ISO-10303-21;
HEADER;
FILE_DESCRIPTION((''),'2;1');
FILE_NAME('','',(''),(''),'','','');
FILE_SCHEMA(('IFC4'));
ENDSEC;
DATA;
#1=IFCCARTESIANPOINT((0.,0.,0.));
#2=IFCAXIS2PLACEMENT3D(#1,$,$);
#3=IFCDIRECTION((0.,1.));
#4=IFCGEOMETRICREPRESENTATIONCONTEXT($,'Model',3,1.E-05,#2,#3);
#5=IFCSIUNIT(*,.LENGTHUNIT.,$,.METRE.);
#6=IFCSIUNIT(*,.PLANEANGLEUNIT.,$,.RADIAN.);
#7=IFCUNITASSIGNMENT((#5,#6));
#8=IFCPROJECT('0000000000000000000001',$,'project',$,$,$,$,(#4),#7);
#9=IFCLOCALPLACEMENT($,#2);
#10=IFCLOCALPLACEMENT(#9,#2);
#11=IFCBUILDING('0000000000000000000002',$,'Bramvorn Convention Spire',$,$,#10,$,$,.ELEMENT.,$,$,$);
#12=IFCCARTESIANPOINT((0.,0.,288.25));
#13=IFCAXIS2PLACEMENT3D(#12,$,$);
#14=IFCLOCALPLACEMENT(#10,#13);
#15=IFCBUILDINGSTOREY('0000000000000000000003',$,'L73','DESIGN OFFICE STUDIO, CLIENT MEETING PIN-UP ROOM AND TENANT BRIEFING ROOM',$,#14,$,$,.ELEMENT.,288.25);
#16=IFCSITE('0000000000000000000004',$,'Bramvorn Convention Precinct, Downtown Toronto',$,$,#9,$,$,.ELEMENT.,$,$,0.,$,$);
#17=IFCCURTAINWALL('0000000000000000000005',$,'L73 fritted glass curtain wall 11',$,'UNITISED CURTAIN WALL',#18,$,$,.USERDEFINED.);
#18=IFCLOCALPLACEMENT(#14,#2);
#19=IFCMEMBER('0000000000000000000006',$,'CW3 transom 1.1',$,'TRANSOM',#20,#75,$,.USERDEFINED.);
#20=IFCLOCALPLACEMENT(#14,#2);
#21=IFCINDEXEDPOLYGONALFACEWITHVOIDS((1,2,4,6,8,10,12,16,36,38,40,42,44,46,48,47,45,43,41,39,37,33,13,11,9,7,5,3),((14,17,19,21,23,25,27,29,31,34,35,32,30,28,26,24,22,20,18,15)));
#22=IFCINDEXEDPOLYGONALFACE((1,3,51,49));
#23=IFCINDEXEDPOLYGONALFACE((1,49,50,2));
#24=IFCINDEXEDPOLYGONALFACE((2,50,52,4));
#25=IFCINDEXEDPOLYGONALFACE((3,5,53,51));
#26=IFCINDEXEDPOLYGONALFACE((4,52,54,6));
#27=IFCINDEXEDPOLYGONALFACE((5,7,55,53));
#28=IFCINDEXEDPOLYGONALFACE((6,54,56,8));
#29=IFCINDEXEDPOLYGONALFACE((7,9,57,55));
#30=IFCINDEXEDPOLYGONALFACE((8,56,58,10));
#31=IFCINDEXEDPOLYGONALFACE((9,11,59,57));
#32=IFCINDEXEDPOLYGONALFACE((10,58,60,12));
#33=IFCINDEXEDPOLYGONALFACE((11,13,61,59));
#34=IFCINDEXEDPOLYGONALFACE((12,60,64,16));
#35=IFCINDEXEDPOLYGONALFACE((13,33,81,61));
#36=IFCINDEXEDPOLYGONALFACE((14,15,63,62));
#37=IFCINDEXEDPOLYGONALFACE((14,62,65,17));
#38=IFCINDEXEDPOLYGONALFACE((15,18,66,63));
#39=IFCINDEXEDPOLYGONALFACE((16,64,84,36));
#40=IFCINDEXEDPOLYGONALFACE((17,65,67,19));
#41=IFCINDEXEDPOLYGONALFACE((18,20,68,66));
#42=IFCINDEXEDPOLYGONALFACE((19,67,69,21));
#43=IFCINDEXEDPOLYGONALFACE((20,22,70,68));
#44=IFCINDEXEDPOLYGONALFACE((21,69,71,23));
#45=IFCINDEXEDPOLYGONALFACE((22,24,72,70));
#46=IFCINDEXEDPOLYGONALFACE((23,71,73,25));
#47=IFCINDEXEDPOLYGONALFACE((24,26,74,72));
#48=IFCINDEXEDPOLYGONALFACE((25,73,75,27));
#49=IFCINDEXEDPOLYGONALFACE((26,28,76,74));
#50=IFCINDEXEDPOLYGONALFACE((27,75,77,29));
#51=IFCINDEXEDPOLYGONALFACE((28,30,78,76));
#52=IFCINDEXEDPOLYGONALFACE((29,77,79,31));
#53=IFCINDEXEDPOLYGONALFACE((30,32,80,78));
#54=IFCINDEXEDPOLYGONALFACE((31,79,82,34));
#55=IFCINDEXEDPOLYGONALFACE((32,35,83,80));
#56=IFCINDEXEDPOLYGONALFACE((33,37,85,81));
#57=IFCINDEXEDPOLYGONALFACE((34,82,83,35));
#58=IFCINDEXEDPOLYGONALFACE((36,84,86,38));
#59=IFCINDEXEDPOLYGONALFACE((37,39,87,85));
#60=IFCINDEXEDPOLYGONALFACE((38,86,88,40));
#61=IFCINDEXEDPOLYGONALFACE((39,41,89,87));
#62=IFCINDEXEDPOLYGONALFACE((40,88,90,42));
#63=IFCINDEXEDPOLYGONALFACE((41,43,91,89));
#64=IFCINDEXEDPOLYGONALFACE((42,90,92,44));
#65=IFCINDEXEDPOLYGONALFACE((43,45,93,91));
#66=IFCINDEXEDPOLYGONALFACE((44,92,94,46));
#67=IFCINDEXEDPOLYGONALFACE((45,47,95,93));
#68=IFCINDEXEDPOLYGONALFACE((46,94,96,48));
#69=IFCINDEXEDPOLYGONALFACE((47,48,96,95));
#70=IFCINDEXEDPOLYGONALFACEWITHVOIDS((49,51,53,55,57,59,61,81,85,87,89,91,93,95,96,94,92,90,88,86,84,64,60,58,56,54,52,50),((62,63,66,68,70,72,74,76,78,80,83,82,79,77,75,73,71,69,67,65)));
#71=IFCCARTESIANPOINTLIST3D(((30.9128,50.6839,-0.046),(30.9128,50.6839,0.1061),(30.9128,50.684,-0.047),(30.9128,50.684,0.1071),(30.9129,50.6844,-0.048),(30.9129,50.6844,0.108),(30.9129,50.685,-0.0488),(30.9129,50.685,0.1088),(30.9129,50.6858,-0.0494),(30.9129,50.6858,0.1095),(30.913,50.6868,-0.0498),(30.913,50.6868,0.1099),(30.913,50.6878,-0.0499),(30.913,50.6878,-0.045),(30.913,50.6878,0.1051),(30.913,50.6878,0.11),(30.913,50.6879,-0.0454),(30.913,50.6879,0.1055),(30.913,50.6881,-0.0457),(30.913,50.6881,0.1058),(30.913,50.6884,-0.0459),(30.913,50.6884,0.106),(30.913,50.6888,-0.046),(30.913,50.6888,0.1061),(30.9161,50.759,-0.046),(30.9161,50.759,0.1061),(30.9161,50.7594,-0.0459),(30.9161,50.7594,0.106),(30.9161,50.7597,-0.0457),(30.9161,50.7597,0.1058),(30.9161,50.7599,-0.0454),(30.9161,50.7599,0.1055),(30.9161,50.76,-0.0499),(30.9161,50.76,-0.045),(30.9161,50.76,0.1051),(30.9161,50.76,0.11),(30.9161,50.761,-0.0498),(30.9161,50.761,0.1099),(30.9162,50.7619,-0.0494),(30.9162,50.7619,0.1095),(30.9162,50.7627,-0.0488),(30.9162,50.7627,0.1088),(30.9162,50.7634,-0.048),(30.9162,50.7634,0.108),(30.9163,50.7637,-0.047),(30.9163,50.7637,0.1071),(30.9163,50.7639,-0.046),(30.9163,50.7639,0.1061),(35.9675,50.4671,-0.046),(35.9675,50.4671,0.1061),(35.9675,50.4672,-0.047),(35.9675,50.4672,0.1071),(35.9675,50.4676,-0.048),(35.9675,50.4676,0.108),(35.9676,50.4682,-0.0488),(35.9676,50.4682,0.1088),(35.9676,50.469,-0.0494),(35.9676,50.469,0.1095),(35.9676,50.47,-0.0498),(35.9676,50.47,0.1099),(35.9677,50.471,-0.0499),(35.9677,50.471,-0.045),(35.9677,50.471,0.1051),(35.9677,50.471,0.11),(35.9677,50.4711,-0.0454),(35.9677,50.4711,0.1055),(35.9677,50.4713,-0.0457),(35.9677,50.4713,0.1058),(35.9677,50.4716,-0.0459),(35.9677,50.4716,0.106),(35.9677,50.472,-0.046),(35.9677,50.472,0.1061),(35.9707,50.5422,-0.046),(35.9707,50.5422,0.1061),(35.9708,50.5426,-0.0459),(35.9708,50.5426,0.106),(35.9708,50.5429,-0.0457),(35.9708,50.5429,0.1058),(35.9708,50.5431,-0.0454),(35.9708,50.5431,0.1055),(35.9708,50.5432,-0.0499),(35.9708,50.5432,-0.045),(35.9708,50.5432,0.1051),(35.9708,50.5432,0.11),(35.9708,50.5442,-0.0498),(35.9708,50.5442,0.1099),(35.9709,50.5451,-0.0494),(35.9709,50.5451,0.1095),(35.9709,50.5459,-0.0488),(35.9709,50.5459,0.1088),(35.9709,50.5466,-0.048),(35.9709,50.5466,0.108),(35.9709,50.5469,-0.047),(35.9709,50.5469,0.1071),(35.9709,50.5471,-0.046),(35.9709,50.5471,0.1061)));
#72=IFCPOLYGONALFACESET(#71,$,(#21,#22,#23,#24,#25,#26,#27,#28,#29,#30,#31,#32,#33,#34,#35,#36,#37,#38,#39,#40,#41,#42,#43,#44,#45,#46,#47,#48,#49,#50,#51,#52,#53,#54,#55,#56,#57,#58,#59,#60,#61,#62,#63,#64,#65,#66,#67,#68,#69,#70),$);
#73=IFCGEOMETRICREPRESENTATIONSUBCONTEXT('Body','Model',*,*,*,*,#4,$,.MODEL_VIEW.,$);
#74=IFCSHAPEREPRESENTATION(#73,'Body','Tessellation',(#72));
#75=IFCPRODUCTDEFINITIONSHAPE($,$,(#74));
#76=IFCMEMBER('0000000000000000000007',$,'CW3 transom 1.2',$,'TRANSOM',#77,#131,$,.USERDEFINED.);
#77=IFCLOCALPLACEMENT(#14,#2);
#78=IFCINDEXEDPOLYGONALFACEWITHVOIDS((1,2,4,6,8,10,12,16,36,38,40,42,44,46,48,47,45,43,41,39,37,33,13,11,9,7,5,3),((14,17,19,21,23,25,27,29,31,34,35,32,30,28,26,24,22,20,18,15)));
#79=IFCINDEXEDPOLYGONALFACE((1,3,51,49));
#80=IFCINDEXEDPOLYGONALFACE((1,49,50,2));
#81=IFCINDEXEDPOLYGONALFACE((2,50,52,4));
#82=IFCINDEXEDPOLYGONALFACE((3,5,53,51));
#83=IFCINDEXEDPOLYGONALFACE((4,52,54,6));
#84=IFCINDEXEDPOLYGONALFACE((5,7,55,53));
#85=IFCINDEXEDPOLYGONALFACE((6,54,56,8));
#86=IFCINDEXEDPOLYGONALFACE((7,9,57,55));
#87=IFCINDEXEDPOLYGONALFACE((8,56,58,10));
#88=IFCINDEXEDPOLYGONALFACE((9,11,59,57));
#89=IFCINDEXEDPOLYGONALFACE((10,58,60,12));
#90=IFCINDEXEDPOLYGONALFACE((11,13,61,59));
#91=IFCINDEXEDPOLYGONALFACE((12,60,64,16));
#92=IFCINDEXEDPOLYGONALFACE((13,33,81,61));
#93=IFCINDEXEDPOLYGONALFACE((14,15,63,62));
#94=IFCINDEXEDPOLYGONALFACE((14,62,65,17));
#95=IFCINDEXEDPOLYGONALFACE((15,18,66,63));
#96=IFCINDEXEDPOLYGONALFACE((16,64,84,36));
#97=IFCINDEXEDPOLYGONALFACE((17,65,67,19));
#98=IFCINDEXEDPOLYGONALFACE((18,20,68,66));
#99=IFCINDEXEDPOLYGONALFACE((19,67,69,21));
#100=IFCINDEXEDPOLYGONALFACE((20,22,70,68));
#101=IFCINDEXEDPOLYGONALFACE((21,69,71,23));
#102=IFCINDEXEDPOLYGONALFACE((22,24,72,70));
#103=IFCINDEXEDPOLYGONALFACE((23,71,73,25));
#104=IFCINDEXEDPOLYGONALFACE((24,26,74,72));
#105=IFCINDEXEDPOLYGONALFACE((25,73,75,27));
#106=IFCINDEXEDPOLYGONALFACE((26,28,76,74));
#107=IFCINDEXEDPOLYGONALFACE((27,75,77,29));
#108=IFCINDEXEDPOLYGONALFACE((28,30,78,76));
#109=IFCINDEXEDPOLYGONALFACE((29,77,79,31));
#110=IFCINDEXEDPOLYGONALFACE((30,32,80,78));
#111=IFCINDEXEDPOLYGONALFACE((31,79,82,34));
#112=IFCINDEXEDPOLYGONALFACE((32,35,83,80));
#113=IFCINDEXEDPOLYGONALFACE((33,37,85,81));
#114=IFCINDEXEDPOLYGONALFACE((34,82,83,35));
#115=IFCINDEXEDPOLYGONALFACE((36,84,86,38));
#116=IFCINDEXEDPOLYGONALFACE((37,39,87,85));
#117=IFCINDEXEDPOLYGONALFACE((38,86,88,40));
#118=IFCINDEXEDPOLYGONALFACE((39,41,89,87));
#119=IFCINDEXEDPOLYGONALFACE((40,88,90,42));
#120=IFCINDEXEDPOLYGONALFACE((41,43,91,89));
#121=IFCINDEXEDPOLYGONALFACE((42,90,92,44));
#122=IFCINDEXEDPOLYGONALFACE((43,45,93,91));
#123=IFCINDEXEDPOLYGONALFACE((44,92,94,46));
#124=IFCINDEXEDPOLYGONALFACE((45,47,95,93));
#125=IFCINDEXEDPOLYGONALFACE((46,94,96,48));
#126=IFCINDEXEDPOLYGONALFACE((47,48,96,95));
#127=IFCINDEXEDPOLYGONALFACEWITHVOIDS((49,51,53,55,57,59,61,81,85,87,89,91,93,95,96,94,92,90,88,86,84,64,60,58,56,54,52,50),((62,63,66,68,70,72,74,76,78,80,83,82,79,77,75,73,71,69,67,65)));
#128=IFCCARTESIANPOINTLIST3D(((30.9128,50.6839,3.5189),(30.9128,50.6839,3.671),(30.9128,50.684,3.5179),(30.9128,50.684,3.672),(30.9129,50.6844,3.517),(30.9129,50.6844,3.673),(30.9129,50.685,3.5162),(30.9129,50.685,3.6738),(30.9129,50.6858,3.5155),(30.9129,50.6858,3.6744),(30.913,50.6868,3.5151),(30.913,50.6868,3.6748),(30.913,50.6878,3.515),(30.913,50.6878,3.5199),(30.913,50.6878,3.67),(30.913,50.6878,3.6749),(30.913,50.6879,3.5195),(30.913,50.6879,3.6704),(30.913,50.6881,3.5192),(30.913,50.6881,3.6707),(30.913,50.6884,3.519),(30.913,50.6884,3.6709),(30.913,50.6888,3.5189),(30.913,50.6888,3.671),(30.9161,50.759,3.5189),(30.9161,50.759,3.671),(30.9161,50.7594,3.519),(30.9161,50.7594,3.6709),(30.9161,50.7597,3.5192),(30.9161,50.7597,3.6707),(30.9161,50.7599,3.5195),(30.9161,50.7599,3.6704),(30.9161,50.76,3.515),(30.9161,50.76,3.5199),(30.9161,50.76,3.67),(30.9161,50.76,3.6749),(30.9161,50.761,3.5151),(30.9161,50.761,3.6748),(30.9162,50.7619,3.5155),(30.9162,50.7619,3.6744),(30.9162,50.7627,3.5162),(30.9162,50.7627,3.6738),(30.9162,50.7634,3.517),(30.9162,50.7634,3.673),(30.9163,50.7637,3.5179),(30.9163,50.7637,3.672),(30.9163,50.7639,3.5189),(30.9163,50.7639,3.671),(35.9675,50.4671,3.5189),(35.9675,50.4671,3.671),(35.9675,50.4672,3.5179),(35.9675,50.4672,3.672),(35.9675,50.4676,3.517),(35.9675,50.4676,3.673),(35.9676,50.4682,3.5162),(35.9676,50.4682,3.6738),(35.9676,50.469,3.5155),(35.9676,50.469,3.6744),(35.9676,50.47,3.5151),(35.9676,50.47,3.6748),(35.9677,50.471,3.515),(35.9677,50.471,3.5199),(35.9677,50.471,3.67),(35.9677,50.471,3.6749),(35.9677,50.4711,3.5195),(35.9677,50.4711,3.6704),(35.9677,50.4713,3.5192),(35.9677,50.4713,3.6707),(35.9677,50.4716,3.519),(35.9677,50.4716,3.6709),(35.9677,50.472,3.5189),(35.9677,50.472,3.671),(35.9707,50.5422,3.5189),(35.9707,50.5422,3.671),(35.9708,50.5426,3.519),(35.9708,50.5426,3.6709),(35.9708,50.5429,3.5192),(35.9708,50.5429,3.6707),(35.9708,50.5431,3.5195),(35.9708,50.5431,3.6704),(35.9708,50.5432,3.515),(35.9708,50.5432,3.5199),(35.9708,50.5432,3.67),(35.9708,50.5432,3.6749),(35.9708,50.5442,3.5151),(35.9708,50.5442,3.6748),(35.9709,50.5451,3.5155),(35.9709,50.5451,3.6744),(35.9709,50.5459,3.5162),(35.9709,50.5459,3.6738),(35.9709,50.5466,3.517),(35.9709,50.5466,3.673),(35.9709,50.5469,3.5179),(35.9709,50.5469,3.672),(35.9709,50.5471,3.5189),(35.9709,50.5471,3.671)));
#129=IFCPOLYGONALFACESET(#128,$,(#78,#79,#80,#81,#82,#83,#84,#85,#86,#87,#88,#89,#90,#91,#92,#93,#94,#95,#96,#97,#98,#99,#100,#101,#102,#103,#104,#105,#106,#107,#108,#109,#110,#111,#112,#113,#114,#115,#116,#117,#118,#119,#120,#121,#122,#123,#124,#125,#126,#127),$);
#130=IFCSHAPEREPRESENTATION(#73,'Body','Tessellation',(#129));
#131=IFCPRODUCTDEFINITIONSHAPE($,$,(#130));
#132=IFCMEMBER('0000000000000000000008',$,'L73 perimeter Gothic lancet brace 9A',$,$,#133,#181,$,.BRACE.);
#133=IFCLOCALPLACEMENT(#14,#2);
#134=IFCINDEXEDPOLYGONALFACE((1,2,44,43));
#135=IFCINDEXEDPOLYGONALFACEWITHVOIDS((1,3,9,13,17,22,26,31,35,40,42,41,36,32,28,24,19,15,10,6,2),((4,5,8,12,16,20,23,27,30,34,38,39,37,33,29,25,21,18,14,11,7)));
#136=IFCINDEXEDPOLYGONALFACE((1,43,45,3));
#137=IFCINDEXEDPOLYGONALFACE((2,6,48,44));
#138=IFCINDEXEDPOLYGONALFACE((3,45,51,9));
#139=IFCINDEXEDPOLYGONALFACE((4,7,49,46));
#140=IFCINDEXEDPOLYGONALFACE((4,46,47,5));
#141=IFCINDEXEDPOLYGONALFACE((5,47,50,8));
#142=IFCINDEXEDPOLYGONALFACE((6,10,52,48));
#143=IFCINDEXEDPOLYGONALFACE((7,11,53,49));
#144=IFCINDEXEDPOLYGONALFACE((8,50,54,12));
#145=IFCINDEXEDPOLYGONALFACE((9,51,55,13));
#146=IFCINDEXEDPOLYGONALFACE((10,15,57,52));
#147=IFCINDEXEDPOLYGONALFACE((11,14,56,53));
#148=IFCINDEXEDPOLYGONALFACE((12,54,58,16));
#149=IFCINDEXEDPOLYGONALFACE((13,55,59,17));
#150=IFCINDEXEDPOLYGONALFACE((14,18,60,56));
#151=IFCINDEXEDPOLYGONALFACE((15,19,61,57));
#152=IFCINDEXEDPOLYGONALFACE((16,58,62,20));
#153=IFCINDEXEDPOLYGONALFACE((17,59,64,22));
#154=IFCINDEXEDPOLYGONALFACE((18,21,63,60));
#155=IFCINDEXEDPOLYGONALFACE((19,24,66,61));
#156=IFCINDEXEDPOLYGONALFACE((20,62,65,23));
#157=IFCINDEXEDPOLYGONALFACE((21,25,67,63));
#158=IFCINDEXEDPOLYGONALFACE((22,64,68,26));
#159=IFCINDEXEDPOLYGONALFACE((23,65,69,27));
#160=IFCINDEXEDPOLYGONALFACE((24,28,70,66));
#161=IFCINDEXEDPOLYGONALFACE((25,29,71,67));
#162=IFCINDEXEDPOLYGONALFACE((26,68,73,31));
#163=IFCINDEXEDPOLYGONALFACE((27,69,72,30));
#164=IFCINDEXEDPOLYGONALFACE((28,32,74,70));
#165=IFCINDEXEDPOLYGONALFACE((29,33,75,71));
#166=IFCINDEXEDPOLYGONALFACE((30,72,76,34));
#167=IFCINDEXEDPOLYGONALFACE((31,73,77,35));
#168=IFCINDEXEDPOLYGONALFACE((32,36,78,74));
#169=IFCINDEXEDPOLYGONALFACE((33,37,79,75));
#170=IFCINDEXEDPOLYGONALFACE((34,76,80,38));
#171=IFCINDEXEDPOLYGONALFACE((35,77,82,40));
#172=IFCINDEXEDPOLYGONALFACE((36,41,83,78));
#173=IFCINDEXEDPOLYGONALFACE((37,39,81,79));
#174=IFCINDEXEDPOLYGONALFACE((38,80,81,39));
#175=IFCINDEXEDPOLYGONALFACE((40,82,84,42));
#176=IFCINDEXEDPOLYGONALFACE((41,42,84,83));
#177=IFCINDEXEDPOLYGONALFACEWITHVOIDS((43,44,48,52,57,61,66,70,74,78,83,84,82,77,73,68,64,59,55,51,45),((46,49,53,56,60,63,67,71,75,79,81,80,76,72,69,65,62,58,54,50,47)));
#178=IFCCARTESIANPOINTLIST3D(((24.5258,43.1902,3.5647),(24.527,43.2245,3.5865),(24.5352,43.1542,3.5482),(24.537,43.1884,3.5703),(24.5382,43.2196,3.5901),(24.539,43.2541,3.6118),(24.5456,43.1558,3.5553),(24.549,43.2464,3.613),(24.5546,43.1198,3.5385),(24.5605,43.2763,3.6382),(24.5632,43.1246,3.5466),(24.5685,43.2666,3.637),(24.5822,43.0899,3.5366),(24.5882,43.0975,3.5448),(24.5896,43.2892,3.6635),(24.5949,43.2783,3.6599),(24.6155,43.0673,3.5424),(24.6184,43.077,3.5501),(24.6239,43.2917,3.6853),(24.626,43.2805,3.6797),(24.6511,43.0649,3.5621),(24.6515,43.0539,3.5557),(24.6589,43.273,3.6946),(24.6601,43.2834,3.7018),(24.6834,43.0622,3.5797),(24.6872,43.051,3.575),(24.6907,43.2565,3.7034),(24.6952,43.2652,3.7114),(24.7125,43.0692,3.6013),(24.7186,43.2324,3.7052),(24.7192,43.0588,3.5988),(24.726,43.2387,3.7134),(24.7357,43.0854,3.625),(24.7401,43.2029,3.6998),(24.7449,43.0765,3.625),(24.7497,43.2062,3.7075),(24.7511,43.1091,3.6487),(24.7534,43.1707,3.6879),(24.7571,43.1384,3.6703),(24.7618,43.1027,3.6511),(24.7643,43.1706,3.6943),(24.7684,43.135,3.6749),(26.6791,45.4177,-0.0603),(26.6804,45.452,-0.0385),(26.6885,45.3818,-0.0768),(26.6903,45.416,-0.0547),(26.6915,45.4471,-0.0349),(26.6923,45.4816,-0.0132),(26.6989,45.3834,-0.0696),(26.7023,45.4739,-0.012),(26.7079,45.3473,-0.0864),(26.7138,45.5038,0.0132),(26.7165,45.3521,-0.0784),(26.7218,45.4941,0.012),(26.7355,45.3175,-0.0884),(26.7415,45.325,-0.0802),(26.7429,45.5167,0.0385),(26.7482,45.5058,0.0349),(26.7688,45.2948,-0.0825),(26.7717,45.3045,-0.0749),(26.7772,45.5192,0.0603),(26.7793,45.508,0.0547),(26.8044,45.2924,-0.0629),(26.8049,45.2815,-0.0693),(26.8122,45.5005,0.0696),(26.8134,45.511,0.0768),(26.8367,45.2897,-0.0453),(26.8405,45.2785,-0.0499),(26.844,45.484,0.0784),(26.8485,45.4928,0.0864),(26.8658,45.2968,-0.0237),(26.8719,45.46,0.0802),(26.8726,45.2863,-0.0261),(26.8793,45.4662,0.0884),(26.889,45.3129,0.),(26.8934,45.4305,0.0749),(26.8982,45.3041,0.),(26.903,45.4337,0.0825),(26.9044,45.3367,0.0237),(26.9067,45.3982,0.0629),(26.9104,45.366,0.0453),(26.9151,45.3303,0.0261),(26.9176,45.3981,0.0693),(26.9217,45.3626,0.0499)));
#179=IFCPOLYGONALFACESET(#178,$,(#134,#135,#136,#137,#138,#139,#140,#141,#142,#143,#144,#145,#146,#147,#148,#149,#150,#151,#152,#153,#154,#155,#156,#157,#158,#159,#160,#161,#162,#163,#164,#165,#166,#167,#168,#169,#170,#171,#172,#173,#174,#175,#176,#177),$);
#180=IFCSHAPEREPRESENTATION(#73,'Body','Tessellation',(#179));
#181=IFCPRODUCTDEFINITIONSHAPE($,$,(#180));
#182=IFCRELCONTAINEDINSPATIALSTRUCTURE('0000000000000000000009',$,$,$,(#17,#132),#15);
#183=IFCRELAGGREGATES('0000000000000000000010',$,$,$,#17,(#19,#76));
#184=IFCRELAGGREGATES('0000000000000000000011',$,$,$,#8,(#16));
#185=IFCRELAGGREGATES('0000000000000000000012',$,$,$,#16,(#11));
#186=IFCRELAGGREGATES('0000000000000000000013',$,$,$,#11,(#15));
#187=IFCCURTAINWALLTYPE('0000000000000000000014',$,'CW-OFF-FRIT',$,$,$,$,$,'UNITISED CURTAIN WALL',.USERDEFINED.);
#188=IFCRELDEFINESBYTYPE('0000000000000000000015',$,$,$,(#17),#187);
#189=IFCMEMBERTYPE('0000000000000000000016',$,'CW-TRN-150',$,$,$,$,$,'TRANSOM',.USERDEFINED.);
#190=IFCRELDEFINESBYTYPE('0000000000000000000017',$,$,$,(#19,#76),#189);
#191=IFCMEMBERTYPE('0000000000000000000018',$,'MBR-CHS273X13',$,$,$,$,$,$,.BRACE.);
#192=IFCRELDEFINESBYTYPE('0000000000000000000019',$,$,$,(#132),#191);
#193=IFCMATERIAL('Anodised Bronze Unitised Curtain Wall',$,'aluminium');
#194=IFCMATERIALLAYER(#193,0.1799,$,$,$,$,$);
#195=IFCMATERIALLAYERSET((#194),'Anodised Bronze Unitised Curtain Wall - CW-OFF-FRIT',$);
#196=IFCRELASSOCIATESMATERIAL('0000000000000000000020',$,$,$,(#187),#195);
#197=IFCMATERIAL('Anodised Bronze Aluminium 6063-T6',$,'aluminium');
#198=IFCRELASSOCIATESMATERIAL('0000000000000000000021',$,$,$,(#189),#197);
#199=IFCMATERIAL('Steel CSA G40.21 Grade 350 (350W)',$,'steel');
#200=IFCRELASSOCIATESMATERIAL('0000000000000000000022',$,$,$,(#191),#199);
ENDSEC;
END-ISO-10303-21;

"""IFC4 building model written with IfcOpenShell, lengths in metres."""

from ifc_helpers import new_model, si_unit, direction, frame, origin, origin_2d, place, context, subcontext, project, spatial, hollow_rectangle, hollow_circle, extrude, material, layer, layer_set, material_profile, profile_set, type_object, element, aggregate, save


model = new_model("IFC4")

# Units and contexts
model_context = context("Model", 3, precision=1e-05, world=origin(), true_north=direction((0.0, 1.0)))
body_context = subcontext(model_context, "Body", "Model", "MODEL_VIEW")
ifc_project = project(units=[si_unit("LENGTHUNIT", "METRE"), si_unit("PLANEANGLEUNIT", "RADIAN")], contexts=[model_context])

# Site, building, storey
site_placement = place(None, origin())
site = spatial("IfcSite", under=ifc_project, at=site_placement, Name="Bramvorn Convention Precinct, Downtown Toronto", CompositionType="ELEMENT", RefElevation=0.0)
building_placement = place(site_placement, origin())
building = spatial("IfcBuilding", under=site, at=building_placement, Name="Bramvorn Convention Spire", CompositionType="ELEMENT")
storey_placement = place(building_placement, frame((0.0, 0.0, 288.25)))
storey = spatial("IfcBuildingStorey", under=building, at=storey_placement, Name="L73", Description="DESIGN OFFICE STUDIO, CLIENT MEETING PIN-UP ROOM AND TENANT BRIEFING ROOM", CompositionType="ELEMENT", Elevation=288.25)

# Shared definitions
ifc_material_1 = material(Name="Steel CSA G40.21 Grade 350 (350W)", Category="steel")

# Curtain wall
ifc_material_2 = material(Name="Anodised Bronze Unitised Curtain Wall", Category="aluminium")
ifc_layer_1 = layer(ifc_material_2, 0.1799)
ifc_layer_set_1 = layer_set([ifc_layer_1], Name="Anodised Bronze Unitised Curtain Wall - CW-OFF-FRIT")
curtain_wall_type = type_object("IfcCurtainWallType", Name="CW-OFF-FRIT", ElementType="UNITISED CURTAIN WALL", PredefinedType="USERDEFINED", material=ifc_layer_set_1)
curtain_wall_1_placement = place(storey_placement, origin())
curtain_wall_1 = element("IfcCurtainWall", 1, at=curtain_wall_1_placement, inside=storey, type_object=curtain_wall_type, Name="L73 fritted glass curtain wall 11", ObjectType="UNITISED CURTAIN WALL", PredefinedType="USERDEFINED")
ifc_material_3 = material(Name="Anodised Bronze Aluminium 6063-T6", Category="aluminium")

# Members
ifc_material_profile_1 = material_profile(ifc_material_3, hollow_rectangle(XDim=0.0801, YDim=0.1599, WallThickness=0.0039, InnerFilletRadius=0.001, OuterFilletRadius=0.0039, at=origin_2d()))
ifc_profile_set_1 = profile_set([ifc_material_profile_1], Name="Anodised Bronze Aluminium 6063-T6 - CWT80X160")
member_type_1 = type_object("IfcMemberType", Name="CW-TRN-150", ElementType="TRANSOM", PredefinedType="USERDEFINED", material=ifc_profile_set_1)
member_1_placement = place(storey_placement, frame((30.9146, 50.7239, 0.03), z_axis=(0.999081, -0.042851, 0.0), x_axis=(0.042851, 0.999081, 0.0)))
member_1 = element("IfcMember", 2, at=member_1_placement, type_object=member_type_1, Name="CW3 transom 1.1", ObjectType="TRANSOM", PredefinedType="USERDEFINED", context=body_context, shape_type="SweptSolid", body=[
    extrude(hollow_rectangle(XDim=0.0801, YDim=0.1599, WallThickness=0.0039, InnerFilletRadius=0.001, OuterFilletRadius=0.0039, at=origin_2d()), origin(), (0.0, 0.0, 1.0), 5.0593),
])
member_2_placement = place(storey_placement, frame((30.9146, 50.7239, 3.595), z_axis=(0.999081, -0.042851, 0.0), x_axis=(0.042851, 0.999081, 0.0)))
member_2 = element("IfcMember", 3, at=member_2_placement, type_object=member_type_1, Name="CW3 transom 1.2", ObjectType="TRANSOM", PredefinedType="USERDEFINED", context=body_context, shape_type="SweptSolid", body=[
    extrude(hollow_rectangle(XDim=0.0801, YDim=0.1599, WallThickness=0.0039, InnerFilletRadius=0.001, OuterFilletRadius=0.0039, at=origin_2d()), origin(), (0.0, 0.0, 1.0), 5.0593),
])

# Member
ifc_material_profile_2 = material_profile(ifc_material_1, hollow_circle(Radius=0.1365, WallThickness=0.0127, at=origin_2d()))
ifc_profile_set_2 = profile_set([ifc_material_profile_2], Name="Steel CSA G40.21 Grade 350 (350W) - CHS273X13")
member_type_2 = type_object("IfcMemberType", Name="MBR-CHS273X13", PredefinedType="BRACE", material=ifc_profile_set_2)
for number, where, z_axis, x_axis, name in (
    (4, (26.8, 45.3989, 0.0), (-0.451564, -0.467129, 0.760185), (0.718983, -0.695028, 0.0), "L73 perimeter Gothic lancet brace 9A"),
):
    element("IfcMember", number, at=place(storey_placement, frame(where, z_axis=z_axis, x_axis=x_axis)), inside=storey, type_object=member_type_2, Name=name, PredefinedType="BRACE", context=body_context, shape_type="SweptSolid", body=[
        extrude(hollow_circle(Radius=0.1365, WallThickness=0.0127, at=origin_2d()), origin(), (0.0, 0.0, 1.0), 4.7686),
    ])

aggregate(curtain_wall_1, [member_1, member_2])

save(model, "model.ifc")
